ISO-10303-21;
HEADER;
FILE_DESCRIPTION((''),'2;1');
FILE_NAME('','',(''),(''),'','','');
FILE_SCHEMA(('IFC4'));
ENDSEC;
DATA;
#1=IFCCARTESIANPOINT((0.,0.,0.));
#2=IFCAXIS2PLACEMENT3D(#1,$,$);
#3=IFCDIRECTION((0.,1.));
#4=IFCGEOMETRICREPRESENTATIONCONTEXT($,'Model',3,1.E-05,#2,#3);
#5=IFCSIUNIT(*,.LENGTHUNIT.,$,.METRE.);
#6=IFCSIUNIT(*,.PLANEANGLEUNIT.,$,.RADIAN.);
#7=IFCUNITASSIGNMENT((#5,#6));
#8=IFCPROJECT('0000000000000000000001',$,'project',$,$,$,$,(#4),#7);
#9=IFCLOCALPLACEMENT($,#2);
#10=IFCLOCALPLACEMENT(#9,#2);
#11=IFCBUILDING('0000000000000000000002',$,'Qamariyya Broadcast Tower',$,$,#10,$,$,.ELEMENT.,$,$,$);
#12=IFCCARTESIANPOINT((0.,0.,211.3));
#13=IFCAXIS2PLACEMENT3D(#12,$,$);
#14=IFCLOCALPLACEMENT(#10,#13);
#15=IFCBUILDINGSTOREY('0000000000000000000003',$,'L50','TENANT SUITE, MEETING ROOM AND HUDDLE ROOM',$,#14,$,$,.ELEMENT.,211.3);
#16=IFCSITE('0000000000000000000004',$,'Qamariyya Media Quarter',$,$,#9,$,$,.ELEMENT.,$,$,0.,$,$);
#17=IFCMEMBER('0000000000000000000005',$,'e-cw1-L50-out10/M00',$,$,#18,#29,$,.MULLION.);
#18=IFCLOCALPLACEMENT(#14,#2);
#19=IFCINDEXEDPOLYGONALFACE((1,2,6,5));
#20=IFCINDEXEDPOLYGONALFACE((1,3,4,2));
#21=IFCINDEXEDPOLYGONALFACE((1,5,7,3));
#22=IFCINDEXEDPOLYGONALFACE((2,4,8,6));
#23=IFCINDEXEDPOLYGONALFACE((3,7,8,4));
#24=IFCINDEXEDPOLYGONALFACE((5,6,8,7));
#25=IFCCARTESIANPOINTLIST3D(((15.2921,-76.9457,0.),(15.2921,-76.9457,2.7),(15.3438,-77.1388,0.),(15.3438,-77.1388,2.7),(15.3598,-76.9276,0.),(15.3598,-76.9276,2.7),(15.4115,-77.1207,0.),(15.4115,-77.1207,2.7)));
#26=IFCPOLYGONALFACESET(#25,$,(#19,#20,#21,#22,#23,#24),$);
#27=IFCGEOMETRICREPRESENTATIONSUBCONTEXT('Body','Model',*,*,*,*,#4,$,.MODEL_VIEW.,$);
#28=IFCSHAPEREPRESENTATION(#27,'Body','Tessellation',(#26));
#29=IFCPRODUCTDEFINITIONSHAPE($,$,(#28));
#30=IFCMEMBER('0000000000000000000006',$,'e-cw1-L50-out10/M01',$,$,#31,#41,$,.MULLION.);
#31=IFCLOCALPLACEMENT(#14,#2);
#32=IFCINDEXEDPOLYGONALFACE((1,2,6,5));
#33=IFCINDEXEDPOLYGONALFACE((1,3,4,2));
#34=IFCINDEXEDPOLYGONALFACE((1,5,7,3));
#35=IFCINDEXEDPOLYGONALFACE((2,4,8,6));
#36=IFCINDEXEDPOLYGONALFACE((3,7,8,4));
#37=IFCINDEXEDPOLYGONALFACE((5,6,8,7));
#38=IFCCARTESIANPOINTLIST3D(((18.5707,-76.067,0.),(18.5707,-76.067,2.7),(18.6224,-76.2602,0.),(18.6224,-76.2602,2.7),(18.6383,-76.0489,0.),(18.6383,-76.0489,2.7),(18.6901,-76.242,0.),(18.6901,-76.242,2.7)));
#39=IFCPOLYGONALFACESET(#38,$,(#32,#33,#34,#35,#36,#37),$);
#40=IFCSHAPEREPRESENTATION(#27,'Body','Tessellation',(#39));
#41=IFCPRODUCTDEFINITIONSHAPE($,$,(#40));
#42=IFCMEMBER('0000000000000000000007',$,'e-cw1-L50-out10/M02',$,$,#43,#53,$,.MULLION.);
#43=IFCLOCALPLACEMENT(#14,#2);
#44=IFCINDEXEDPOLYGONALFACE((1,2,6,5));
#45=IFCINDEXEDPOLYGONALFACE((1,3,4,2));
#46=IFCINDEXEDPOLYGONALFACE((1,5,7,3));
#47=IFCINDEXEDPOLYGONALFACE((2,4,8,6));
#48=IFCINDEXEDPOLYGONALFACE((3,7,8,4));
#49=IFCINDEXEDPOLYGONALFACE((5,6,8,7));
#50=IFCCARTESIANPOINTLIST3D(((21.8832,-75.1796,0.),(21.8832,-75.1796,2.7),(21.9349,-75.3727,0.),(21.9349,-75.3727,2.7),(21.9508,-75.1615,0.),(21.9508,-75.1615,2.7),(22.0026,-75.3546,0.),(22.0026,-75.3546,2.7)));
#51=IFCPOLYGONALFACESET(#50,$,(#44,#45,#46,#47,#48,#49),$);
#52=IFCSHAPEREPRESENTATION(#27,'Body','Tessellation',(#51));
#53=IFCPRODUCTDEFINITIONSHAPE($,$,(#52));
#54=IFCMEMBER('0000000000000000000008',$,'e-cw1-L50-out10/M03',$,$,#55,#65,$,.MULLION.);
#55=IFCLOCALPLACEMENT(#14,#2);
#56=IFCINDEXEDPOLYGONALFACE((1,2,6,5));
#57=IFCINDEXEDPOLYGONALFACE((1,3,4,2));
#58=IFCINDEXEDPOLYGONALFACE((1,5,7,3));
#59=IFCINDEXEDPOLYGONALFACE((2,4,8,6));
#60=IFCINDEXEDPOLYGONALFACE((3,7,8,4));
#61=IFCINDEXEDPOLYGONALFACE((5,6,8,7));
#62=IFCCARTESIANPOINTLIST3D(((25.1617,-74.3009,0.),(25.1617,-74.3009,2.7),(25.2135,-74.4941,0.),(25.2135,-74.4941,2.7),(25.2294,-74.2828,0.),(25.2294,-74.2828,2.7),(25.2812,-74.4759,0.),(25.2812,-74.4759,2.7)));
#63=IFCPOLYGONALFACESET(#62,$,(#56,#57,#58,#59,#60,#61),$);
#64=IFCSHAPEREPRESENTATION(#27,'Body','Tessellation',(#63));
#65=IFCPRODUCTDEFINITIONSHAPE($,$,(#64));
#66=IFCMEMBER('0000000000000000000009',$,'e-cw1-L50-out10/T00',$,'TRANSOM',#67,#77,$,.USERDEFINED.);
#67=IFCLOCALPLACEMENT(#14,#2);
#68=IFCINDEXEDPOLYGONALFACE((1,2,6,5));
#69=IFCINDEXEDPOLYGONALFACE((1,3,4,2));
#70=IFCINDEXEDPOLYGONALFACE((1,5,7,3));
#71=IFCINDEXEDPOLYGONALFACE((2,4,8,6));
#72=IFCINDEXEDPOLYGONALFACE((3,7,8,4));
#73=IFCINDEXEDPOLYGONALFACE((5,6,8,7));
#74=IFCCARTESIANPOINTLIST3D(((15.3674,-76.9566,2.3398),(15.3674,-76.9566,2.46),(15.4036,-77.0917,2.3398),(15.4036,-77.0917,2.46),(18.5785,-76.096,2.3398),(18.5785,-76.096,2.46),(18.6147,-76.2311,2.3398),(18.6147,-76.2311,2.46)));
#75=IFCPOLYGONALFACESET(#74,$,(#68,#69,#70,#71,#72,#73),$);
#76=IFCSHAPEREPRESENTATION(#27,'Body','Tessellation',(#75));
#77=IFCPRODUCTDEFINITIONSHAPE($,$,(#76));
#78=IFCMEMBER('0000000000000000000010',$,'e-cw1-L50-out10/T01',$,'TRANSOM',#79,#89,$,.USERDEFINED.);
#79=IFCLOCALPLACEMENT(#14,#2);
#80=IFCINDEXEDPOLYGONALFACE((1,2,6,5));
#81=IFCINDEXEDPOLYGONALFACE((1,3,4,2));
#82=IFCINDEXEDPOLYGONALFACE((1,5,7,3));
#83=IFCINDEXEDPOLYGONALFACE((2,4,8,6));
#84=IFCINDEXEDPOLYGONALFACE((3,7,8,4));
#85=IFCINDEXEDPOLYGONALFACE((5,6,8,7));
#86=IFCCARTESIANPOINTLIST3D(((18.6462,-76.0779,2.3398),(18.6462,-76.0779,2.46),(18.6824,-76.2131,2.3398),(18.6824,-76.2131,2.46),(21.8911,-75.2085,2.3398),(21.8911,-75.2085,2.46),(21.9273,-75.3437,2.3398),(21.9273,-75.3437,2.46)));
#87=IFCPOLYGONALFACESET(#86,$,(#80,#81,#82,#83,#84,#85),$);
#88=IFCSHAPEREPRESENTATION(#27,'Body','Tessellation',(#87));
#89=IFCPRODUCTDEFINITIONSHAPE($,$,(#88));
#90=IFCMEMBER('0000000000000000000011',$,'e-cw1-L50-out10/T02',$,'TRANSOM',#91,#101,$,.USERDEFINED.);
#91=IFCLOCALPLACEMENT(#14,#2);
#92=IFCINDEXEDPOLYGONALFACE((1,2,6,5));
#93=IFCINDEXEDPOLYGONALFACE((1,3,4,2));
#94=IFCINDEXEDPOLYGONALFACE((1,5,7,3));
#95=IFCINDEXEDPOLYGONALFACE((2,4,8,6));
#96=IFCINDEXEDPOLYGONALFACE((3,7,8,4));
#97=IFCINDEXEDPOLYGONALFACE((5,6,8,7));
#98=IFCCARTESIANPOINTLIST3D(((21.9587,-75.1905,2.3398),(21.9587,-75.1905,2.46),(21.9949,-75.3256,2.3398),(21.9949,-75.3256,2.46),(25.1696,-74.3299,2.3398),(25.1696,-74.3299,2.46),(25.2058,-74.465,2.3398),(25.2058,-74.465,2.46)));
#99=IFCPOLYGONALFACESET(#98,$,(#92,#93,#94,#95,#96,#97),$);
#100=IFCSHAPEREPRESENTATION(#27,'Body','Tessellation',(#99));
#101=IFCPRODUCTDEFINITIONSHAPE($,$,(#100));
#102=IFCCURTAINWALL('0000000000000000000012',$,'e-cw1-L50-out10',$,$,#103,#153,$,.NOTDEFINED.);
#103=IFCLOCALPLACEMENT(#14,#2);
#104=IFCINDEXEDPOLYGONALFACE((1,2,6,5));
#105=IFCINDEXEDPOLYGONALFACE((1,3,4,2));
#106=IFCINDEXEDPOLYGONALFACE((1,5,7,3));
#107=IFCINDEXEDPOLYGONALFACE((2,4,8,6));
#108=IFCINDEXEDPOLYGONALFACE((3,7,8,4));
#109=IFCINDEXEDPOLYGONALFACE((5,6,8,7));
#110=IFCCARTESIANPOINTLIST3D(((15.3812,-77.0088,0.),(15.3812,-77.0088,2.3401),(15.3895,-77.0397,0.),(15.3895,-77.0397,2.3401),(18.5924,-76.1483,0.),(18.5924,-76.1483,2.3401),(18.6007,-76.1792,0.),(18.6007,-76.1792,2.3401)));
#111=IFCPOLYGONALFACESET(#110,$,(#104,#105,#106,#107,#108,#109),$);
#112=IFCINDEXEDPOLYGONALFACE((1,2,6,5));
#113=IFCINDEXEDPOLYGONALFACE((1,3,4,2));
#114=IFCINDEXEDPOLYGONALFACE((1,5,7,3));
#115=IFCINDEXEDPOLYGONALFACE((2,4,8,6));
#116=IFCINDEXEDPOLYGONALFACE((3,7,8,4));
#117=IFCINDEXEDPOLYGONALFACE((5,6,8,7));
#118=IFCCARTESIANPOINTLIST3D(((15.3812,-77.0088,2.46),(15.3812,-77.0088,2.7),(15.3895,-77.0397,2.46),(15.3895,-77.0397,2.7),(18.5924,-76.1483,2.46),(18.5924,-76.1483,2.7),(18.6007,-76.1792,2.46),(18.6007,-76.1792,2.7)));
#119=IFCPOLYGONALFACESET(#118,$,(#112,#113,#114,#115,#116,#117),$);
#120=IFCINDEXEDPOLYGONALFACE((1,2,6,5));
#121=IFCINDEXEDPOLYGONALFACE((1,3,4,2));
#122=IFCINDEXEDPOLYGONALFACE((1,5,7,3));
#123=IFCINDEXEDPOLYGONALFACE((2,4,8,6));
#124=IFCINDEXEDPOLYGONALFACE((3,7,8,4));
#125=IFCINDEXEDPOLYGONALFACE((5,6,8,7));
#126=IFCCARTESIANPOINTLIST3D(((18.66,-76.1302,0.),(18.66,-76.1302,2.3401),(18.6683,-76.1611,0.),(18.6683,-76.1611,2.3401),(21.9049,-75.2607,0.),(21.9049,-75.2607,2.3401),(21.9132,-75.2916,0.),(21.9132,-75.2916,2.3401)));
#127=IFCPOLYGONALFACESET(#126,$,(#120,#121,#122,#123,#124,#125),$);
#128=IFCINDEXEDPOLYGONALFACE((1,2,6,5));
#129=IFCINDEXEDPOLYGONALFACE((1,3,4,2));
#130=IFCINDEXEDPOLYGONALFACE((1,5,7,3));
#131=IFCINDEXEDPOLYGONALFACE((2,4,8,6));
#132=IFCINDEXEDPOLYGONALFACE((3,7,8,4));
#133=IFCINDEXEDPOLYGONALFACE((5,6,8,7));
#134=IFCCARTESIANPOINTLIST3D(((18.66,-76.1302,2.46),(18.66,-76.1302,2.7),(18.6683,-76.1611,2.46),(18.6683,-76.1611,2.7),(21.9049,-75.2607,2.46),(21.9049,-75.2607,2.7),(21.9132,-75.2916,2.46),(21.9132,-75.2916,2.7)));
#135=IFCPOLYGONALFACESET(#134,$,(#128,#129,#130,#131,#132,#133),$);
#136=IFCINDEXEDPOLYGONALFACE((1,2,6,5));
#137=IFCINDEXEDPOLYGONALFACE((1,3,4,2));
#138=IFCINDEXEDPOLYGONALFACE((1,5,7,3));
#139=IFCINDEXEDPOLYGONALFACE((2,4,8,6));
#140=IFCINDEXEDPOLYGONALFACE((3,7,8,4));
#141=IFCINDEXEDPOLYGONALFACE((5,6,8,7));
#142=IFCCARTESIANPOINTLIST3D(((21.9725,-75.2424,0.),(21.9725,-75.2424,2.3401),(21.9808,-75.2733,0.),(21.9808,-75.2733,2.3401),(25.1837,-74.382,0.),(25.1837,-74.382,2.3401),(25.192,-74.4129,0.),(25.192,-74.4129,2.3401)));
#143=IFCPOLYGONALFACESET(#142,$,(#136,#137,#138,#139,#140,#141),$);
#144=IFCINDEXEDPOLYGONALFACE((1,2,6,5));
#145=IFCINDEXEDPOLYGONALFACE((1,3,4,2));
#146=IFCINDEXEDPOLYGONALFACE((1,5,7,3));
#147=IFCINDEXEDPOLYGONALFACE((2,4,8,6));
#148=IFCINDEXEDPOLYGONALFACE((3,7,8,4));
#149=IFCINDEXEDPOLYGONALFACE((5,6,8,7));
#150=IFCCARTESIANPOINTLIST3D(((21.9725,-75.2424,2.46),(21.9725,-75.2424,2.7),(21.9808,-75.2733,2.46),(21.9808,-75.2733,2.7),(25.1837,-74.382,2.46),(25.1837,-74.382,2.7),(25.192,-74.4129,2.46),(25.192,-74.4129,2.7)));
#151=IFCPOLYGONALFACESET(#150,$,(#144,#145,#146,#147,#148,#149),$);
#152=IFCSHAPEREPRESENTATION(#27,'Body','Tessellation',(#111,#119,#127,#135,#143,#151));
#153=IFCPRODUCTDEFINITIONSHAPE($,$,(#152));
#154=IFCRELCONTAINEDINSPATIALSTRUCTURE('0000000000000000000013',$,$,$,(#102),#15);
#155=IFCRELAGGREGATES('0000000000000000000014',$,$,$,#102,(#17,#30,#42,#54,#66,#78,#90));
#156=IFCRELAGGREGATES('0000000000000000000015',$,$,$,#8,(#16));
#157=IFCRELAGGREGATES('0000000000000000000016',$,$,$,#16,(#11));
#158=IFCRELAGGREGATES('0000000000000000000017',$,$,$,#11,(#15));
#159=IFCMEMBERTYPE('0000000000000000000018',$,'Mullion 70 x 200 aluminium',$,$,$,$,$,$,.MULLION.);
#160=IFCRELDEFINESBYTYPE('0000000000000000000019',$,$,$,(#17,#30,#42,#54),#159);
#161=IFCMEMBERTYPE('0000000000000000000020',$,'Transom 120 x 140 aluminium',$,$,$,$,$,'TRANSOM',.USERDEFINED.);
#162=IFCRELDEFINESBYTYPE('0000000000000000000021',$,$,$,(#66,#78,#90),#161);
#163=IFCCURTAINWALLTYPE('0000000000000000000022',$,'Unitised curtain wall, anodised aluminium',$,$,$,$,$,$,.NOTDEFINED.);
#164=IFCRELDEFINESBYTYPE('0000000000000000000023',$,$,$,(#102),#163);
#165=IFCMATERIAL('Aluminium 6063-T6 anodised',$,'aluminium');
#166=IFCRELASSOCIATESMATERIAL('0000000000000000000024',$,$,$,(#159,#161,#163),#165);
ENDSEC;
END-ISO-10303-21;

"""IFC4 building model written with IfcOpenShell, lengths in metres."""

from ifc_helpers import new_model, si_unit, direction, frame, origin, origin_2d, place, context, subcontext, project, spatial, rectangle, extrude, material, material_profile, profile_set, type_object, element, aggregate, save


model = new_model("IFC4")

# Units and contexts
model_context = context("Model", 3, precision=1e-05, world=origin(), true_north=direction((0.0, 1.0)))
body_context = subcontext(model_context, "Body", "Model", "MODEL_VIEW")
ifc_project = project(units=[si_unit("LENGTHUNIT", "METRE"), si_unit("PLANEANGLEUNIT", "RADIAN")], contexts=[model_context])

# Members
ifc_material = material(Name="Aluminium 6063-T6 anodised", Category="aluminium")
ifc_material_profile_1 = material_profile(ifc_material, rectangle(XDim=0.2, YDim=0.0701, at=origin_2d()))
ifc_profile_set_1 = profile_set([ifc_material_profile_1], Name="Aluminium 6063-T6 anodised")
member_type_1 = type_object("IfcMemberType", Name="Mullion 70 x 200 aluminium", PredefinedType="MULLION", material=ifc_profile_set_1)
site_placement = place(None, origin())
building_placement = place(site_placement, origin())
storey_placement = place(building_placement, frame((0.0, 0.0, 211.3)))
member_1_placement = place(storey_placement, frame((15.3518, -77.0332, 0.0), z_axis=(0.0, 0.0, 1.0), x_axis=(-0.258819, 0.965926, 0.0)))
member_1 = element("IfcMember", 1, at=member_1_placement, type_object=member_type_1, Name="e-cw1-L50-out10/M00", PredefinedType="MULLION", context=body_context, shape_type="SweptSolid", body=[
    extrude(rectangle(XDim=0.2, YDim=0.0701, at=origin_2d()), origin(), (0.0, 0.0, 1.0), 2.7),
])
member_2_placement = place(storey_placement, frame((18.6304, -76.1545, 0.0), z_axis=(0.0, 0.0, 1.0), x_axis=(-0.258819, 0.965926, 0.0)))
member_2 = element("IfcMember", 2, at=member_2_placement, type_object=member_type_1, Name="e-cw1-L50-out10/M01", PredefinedType="MULLION", context=body_context, shape_type="SweptSolid", body=[
    extrude(rectangle(XDim=0.2, YDim=0.0701, at=origin_2d()), origin(), (0.0, 0.0, 1.0), 2.7),
])
member_3_placement = place(storey_placement, frame((21.9429, -75.2671, 0.0), z_axis=(0.0, 0.0, 1.0), x_axis=(-0.258819, 0.965926, 0.0)))
member_3 = element("IfcMember", 3, at=member_3_placement, type_object=member_type_1, Name="e-cw1-L50-out10/M02", PredefinedType="MULLION", context=body_context, shape_type="SweptSolid", body=[
    extrude(rectangle(XDim=0.2, YDim=0.0701, at=origin_2d()), origin(), (0.0, 0.0, 1.0), 2.7),
])
member_4_placement = place(storey_placement, frame((25.2214, -74.3884, 0.0), z_axis=(0.0, 0.0, 1.0), x_axis=(-0.258819, 0.965926, 0.0)))
member_4 = element("IfcMember", 4, at=member_4_placement, type_object=member_type_1, Name="e-cw1-L50-out10/M03", PredefinedType="MULLION", context=body_context, shape_type="SweptSolid", body=[
    extrude(rectangle(XDim=0.2, YDim=0.0701, at=origin_2d()), origin(), (0.0, 0.0, 1.0), 2.7),
])
ifc_material_profile_2 = material_profile(ifc_material, rectangle(XDim=0.1399, YDim=0.1201, at=origin_2d()))
ifc_profile_set_2 = profile_set([ifc_material_profile_2], Name="Aluminium 6063-T6 anodised")
member_type_2 = type_object("IfcMemberType", Name="Transom 120 x 140 aluminium", ElementType="TRANSOM", PredefinedType="USERDEFINED", material=ifc_profile_set_2)
member_5_placement = place(storey_placement, frame((15.3855, -77.0242, 2.3999), z_axis=(0.965914, 0.258865, 0.0), x_axis=(-0.258865, 0.965914, 0.0)))
member_5 = element("IfcMember", 5, at=member_5_placement, type_object=member_type_2, Name="e-cw1-L50-out10/T00", ObjectType="TRANSOM", PredefinedType="USERDEFINED", context=body_context, shape_type="SweptSolid", body=[
    extrude(rectangle(XDim=0.1399, YDim=0.1201, at=origin_2d()), origin(), (0.0, 0.0, 1.0), 3.3245),
])
member_6_placement = place(storey_placement, frame((18.6643, -76.1455, 2.3999), z_axis=(0.965932, 0.258798, 0.0), x_axis=(-0.258798, 0.965932, 0.0)))
member_6 = element("IfcMember", 6, at=member_6_placement, type_object=member_type_2, Name="e-cw1-L50-out10/T01", ObjectType="TRANSOM", PredefinedType="USERDEFINED", context=body_context, shape_type="SweptSolid", body=[
    extrude(rectangle(XDim=0.1399, YDim=0.1201, at=origin_2d()), origin(), (0.0, 0.0, 1.0), 3.3594),
])
member_7_placement = place(storey_placement, frame((21.9768, -75.2581, 2.3999), z_axis=(0.965909, 0.258883, 0.0), x_axis=(-0.258883, 0.965909, 0.0)))
member_7 = element("IfcMember", 7, at=member_7_placement, type_object=member_type_2, Name="e-cw1-L50-out10/T02", ObjectType="TRANSOM", PredefinedType="USERDEFINED", context=body_context, shape_type="SweptSolid", body=[
    extrude(rectangle(XDim=0.1399, YDim=0.1201, at=origin_2d()), origin(), (0.0, 0.0, 1.0), 3.3242),
])

# Site, building, storey
site = spatial("IfcSite", under=ifc_project, at=site_placement, Name="Qamariyya Media Quarter", CompositionType="ELEMENT", RefElevation=0.0)
building = spatial("IfcBuilding", under=site, at=building_placement, Name="Qamariyya Broadcast Tower", CompositionType="ELEMENT")
storey = spatial("IfcBuildingStorey", under=building, at=storey_placement, Name="L50", Description="TENANT SUITE, MEETING ROOM AND HUDDLE ROOM", CompositionType="ELEMENT", Elevation=211.3)

# Curtain wall
curtain_wall_type = type_object("IfcCurtainWallType", Name="Unitised curtain wall, anodised aluminium", PredefinedType="NOTDEFINED", material=ifc_material)
curtain_wall_1_placement = place(storey_placement, origin())
curtain_wall_1 = element("IfcCurtainWall", 8, at=curtain_wall_1_placement, inside=storey, type_object=curtain_wall_type, Name="e-cw1-L50-out10", PredefinedType="NOTDEFINED", context=body_context, shape_type="SweptSolid", body=[
    extrude(rectangle(XDim=3.3245, YDim=0.032, at=origin_2d()), frame((16.991, -76.594, 0.0), x_axis=(0.965923, 0.258828, 0.0)), (0.0, 0.0, 1.0), 2.3401),
    extrude(rectangle(XDim=3.3245, YDim=0.032, at=origin_2d()), frame((16.991, -76.594, 2.46), x_axis=(0.965923, 0.258828, 0.0)), (0.0, 0.0, 1.0), 0.24),
    extrude(rectangle(XDim=3.3594, YDim=0.032, at=origin_2d()), frame((20.2866, -75.7109, 0.0), x_axis=(0.965923, 0.258828, 0.0)), (0.0, 0.0, 1.0), 2.3401),
    extrude(rectangle(XDim=3.3594, YDim=0.032, at=origin_2d()), frame((20.2866, -75.7109, 2.46), x_axis=(0.965923, 0.258828, 0.0)), (0.0, 0.0, 1.0), 0.24),
    extrude(rectangle(XDim=3.3245, YDim=0.032, at=origin_2d()), frame((23.5823, -74.8276, 0.0), x_axis=(0.965923, 0.258828, 0.0)), (0.0, 0.0, 1.0), 2.3401),
    extrude(rectangle(XDim=3.3245, YDim=0.032, at=origin_2d()), frame((23.5823, -74.8276, 2.46), x_axis=(0.965923, 0.258828, 0.0)), (0.0, 0.0, 1.0), 0.24),
])
aggregate(curtain_wall_1, [member_1, member_2, member_3, member_4, member_5, member_6, member_7])

save(model, "model.ifc")
